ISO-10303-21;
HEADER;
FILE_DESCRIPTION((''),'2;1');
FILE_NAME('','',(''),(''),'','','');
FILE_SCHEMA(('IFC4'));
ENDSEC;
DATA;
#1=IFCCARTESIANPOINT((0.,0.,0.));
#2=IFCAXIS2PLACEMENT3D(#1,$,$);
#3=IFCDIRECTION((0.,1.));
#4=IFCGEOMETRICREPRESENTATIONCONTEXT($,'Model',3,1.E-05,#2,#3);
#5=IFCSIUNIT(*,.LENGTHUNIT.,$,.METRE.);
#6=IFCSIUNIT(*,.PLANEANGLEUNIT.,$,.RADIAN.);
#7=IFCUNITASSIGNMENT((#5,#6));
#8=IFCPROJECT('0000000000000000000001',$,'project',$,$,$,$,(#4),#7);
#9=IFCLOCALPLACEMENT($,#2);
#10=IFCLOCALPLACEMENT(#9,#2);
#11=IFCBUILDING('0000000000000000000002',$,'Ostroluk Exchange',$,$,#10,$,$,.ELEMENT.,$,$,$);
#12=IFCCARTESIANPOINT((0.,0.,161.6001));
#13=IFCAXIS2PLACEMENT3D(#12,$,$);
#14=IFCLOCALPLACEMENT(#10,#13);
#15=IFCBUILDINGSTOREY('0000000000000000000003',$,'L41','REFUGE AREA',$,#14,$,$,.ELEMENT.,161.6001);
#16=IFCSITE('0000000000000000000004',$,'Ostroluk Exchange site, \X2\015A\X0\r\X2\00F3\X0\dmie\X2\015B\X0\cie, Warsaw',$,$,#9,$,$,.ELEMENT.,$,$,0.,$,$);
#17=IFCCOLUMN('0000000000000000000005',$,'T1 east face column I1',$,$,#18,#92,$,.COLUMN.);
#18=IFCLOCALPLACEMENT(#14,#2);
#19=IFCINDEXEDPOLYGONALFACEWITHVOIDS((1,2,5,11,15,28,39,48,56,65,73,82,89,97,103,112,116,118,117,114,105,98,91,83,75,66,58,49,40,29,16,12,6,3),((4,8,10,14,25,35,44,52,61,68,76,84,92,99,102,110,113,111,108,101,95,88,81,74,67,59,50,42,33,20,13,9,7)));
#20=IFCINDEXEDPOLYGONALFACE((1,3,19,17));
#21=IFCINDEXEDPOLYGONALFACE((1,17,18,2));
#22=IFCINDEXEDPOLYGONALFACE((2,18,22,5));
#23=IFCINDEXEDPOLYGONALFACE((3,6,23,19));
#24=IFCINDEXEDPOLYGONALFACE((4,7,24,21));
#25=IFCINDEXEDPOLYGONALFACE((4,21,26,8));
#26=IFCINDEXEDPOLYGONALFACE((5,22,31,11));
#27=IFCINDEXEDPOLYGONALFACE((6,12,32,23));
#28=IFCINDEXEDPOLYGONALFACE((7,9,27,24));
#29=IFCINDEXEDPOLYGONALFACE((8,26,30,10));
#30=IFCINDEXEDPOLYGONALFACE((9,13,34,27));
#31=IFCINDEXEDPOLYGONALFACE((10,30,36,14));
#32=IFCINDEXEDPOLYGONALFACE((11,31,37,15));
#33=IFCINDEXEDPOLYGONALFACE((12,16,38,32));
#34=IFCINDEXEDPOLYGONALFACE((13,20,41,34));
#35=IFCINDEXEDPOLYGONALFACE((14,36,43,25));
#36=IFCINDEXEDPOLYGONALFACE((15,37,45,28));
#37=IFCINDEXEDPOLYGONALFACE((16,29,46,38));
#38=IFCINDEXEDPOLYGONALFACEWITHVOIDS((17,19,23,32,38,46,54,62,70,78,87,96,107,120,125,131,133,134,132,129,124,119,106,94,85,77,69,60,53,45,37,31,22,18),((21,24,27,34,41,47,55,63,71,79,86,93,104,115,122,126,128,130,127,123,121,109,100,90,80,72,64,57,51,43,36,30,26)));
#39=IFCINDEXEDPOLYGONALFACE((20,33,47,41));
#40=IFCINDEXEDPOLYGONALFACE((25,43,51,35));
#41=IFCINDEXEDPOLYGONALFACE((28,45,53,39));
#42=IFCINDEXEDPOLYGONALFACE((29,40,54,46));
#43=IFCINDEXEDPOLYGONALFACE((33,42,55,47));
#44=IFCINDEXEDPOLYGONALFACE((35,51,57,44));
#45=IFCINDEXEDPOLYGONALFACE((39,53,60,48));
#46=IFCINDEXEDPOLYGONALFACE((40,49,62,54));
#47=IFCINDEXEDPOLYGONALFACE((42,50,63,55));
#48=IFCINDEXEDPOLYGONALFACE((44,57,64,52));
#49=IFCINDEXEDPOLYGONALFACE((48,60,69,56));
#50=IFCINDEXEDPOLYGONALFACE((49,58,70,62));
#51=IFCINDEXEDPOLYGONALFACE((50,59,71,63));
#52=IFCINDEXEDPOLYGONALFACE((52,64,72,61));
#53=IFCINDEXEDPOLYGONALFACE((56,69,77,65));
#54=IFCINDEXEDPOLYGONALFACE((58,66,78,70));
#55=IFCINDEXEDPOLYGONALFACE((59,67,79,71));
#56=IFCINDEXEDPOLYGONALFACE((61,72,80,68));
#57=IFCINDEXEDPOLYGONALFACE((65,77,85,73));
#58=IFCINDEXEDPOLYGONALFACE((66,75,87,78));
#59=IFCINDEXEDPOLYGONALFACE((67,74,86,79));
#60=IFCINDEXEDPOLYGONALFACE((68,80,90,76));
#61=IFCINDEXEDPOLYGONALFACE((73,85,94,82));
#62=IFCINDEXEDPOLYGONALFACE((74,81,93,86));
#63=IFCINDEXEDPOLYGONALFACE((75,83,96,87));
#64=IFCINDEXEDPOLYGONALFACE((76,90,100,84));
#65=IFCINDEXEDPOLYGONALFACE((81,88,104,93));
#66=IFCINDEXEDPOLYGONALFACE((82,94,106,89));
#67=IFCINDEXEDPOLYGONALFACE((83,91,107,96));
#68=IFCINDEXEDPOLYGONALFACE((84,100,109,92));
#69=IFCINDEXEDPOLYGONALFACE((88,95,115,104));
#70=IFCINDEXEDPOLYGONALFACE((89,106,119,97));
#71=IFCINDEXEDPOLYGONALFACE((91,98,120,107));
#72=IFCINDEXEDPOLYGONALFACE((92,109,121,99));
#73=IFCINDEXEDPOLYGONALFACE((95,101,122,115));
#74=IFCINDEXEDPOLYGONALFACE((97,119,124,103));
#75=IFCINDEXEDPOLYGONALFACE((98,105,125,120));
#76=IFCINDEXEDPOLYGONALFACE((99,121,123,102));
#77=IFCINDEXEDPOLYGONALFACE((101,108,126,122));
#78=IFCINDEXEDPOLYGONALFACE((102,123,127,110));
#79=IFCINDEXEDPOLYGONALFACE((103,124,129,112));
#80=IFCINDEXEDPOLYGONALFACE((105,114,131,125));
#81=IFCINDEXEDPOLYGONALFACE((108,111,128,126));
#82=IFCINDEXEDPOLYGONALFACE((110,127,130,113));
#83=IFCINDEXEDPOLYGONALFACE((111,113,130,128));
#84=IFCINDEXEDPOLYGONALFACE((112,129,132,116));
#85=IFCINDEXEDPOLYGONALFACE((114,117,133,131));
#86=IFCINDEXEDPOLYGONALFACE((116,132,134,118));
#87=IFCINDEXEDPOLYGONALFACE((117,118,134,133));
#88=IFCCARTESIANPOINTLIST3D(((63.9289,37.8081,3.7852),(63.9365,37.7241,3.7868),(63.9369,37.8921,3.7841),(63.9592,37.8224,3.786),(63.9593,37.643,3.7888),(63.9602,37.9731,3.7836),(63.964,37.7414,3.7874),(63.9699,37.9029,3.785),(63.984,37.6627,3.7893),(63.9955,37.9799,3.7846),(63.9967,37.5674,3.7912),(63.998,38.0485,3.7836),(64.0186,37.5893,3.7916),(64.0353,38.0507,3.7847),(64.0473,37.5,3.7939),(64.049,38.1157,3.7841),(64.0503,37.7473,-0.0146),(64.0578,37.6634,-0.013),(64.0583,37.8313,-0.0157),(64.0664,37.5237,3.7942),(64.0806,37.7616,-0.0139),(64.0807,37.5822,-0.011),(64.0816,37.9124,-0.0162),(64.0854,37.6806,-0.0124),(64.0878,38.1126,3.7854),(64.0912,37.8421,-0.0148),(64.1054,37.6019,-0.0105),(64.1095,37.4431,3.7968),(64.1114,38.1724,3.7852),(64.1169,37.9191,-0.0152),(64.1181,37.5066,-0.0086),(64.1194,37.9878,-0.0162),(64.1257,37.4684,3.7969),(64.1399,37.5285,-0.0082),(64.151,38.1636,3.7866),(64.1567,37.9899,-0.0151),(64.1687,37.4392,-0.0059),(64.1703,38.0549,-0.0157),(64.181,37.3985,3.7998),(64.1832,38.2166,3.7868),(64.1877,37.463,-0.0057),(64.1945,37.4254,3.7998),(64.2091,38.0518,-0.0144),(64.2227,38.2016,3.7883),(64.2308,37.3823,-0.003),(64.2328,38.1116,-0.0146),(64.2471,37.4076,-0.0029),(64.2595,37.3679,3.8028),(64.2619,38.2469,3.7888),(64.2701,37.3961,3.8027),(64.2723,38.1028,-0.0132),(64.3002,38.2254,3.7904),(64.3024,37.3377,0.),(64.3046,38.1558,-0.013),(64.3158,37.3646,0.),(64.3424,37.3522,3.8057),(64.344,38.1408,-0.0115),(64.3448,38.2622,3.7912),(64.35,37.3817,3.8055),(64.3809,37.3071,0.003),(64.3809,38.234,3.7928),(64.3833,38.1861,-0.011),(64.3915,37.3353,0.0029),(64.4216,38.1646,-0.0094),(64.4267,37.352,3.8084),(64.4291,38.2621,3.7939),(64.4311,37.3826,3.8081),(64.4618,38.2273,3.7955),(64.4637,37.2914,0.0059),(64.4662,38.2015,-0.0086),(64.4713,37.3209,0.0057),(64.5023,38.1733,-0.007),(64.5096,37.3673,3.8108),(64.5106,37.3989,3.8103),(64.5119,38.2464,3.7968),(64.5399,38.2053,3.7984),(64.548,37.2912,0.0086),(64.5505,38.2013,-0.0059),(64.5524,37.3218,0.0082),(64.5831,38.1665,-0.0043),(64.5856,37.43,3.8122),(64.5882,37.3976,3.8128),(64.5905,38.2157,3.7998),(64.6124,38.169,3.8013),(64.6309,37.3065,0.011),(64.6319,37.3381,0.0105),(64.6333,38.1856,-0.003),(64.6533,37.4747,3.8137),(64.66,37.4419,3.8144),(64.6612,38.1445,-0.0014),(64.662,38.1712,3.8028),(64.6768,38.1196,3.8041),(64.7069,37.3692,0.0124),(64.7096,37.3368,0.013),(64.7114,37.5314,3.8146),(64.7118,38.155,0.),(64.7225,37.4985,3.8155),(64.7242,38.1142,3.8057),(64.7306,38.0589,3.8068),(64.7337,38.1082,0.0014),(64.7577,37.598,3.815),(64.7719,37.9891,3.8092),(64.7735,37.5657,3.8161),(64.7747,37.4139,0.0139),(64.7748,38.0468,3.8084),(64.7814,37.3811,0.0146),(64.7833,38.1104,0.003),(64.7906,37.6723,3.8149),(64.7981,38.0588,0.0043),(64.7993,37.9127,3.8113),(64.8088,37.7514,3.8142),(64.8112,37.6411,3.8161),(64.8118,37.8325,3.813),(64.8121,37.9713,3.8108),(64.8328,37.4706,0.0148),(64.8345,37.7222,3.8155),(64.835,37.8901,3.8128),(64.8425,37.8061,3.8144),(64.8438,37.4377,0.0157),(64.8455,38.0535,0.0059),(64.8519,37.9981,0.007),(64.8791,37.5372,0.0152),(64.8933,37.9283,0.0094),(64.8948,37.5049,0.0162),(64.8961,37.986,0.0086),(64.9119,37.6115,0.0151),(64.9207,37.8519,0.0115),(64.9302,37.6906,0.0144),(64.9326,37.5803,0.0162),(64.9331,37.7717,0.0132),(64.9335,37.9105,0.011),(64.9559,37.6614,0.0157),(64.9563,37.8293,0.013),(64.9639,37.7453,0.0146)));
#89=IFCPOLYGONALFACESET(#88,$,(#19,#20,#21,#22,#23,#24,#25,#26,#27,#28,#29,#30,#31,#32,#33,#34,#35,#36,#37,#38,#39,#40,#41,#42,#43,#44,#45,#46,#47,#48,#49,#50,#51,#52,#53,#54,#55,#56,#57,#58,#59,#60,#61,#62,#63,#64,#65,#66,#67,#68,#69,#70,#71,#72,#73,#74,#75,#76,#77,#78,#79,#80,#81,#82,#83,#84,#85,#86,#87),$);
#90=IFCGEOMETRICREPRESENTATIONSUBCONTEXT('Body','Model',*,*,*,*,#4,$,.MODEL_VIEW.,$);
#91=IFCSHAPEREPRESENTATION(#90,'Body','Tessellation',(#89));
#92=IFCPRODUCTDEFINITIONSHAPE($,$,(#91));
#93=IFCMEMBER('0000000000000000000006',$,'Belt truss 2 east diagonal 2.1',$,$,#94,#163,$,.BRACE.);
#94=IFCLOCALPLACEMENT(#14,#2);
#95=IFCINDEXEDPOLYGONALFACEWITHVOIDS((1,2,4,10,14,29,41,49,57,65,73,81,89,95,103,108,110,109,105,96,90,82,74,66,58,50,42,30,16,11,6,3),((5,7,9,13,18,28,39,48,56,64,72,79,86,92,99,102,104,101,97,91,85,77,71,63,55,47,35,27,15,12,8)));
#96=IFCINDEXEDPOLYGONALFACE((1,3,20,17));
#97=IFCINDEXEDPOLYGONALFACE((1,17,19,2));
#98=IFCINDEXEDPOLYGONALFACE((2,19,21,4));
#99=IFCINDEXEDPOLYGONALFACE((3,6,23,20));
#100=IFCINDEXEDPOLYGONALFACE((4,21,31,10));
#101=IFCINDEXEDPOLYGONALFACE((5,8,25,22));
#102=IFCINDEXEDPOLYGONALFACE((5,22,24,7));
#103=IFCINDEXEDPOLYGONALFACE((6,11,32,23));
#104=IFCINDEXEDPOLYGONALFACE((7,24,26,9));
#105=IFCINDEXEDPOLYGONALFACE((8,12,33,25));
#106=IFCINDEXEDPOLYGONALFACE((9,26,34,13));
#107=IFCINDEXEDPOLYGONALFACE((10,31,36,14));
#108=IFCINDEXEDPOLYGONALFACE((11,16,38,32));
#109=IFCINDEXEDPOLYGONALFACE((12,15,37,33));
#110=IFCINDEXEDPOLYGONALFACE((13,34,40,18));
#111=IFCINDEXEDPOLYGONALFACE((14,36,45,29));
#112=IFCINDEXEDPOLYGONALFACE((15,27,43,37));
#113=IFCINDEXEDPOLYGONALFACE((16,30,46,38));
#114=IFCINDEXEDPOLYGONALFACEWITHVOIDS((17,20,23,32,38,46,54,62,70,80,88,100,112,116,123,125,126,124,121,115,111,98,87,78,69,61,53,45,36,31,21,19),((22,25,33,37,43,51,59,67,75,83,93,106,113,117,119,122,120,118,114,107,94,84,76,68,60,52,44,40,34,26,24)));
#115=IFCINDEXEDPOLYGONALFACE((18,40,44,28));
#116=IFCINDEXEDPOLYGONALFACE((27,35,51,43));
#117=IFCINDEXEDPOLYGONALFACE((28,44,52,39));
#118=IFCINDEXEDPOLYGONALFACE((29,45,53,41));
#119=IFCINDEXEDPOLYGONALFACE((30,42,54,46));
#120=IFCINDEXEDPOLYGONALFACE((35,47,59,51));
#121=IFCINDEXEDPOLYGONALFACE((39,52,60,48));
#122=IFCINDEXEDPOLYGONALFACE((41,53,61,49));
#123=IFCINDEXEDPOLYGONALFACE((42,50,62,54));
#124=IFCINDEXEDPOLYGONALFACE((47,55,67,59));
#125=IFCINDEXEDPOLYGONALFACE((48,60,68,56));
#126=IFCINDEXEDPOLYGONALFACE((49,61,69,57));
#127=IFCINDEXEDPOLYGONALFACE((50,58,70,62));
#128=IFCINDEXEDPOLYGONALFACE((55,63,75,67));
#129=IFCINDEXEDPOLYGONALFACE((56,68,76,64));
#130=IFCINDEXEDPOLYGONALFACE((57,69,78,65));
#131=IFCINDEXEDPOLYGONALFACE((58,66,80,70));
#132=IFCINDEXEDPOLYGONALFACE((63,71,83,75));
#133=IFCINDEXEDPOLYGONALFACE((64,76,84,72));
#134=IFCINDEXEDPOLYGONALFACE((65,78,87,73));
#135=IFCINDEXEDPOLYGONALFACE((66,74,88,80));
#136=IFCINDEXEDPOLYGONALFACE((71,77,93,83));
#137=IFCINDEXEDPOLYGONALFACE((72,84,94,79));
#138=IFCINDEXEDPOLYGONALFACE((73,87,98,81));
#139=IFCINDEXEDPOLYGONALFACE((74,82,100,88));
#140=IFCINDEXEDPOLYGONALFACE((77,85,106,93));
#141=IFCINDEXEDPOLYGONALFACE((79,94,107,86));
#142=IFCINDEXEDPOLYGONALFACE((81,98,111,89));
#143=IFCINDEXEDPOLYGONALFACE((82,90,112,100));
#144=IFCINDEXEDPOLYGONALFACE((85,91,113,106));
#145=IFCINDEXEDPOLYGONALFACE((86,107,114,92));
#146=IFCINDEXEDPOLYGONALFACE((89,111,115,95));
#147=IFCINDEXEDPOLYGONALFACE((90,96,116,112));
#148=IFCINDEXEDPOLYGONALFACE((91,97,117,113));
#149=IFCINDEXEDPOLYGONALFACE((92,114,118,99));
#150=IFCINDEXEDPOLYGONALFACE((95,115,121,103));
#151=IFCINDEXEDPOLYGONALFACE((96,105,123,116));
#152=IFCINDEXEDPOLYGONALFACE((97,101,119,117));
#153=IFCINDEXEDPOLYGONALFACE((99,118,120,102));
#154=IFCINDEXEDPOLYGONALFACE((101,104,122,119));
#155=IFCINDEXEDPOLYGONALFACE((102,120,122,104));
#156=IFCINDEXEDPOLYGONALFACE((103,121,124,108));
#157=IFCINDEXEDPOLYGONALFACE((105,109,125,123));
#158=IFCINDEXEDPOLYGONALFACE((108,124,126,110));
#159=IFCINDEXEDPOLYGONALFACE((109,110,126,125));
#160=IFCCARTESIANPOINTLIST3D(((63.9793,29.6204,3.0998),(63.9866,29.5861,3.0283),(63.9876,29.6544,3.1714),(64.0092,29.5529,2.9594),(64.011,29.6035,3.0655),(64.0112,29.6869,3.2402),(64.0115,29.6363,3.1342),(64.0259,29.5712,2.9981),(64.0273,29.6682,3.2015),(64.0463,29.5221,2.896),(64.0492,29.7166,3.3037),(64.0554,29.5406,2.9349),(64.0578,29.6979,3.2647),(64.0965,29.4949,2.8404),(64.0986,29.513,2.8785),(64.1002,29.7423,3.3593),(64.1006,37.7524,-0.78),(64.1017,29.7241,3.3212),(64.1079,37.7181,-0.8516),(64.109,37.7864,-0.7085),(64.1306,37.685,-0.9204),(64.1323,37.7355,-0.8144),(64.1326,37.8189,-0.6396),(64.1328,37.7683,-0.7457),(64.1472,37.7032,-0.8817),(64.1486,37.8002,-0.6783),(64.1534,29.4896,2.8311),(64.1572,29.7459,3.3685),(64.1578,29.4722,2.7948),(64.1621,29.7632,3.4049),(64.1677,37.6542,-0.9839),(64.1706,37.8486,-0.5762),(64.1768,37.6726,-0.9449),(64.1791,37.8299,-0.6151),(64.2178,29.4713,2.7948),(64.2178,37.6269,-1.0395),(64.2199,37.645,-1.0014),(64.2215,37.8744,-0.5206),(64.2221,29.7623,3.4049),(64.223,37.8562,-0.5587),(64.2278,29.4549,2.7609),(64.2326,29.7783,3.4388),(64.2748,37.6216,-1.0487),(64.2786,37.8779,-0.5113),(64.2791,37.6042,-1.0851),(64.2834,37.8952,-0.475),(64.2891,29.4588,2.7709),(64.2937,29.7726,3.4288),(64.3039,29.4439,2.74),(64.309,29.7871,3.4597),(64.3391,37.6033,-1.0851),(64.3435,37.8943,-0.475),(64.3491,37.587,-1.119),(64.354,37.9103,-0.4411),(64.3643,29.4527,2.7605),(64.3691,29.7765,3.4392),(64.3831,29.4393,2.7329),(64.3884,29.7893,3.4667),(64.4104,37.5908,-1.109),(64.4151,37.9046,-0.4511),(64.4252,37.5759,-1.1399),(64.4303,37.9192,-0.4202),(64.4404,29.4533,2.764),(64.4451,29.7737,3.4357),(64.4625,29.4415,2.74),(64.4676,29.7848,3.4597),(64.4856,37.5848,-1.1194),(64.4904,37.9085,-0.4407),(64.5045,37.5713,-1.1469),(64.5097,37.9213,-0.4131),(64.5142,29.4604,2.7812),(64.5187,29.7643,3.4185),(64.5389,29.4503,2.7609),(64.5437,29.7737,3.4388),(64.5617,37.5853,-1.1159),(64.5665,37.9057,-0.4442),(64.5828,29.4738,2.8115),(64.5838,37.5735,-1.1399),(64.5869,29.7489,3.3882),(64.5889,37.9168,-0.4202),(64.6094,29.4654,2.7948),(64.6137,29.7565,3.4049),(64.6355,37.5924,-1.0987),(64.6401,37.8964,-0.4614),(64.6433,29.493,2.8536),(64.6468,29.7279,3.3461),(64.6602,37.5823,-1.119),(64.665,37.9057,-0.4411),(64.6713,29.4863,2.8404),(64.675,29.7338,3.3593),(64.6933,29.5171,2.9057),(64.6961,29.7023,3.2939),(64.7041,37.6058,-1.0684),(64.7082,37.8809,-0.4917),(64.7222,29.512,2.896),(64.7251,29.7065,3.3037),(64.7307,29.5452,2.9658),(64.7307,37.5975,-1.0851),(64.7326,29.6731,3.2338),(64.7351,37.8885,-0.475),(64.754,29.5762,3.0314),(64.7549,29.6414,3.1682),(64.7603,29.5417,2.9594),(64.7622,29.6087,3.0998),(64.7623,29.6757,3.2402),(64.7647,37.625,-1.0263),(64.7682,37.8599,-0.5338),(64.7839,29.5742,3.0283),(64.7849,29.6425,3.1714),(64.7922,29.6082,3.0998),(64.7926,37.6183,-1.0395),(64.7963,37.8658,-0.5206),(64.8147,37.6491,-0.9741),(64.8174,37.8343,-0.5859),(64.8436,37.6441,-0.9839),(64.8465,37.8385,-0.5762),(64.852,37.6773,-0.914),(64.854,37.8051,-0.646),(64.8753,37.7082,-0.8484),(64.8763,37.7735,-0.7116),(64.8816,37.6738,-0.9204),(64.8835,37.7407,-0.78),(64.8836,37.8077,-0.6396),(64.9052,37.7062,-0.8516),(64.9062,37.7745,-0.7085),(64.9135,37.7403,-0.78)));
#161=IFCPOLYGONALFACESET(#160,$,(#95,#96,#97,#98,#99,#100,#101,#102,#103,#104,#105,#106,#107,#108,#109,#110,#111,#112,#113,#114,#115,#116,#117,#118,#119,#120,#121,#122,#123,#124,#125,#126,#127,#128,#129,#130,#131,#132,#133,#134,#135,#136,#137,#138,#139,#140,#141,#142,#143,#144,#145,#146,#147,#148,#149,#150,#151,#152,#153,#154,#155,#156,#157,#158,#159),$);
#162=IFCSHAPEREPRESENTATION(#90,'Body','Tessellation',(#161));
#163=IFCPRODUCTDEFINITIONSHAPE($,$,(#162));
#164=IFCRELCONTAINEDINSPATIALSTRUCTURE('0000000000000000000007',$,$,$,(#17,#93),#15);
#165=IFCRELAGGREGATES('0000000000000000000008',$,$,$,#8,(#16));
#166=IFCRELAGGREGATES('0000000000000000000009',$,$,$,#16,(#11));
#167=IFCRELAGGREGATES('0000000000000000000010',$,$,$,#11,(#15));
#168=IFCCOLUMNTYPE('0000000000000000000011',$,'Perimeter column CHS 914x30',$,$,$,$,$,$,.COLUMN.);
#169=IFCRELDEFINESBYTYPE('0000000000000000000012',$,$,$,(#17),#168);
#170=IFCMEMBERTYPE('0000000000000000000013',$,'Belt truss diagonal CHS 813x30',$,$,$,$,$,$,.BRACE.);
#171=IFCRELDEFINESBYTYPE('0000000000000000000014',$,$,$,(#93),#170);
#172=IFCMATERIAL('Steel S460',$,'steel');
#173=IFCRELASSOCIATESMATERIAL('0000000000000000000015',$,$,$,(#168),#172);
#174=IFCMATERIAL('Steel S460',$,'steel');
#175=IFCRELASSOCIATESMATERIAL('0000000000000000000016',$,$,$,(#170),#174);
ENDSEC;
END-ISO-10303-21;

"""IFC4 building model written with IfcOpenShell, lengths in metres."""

from ifc_helpers import new_model, si_unit, direction, frame, origin, origin_2d, place, context, subcontext, project, spatial, hollow_circle, extrude, material, material_profile, profile_set, type_object, element, save


model = new_model("IFC4")

# Units and contexts
model_context = context("Model", 3, precision=1e-05, world=origin(), true_north=direction((0.0, 1.0)))
body_context = subcontext(model_context, "Body", "Model", "MODEL_VIEW")
ifc_project = project(units=[si_unit("LENGTHUNIT", "METRE"), si_unit("PLANEANGLEUNIT", "RADIAN")], contexts=[model_context])

# Site, building, storey
site_placement = place(None, origin())
site = spatial("IfcSite", under=ifc_project, at=site_placement, Name="Ostroluk Exchange site, Śródmieście, Warsaw", CompositionType="ELEMENT", RefElevation=0.0)
building_placement = place(site_placement, origin())
building = spatial("IfcBuilding", under=site, at=building_placement, Name="Ostroluk Exchange", CompositionType="ELEMENT")
storey_placement = place(building_placement, frame((0.0, 0.0, 161.6001)))
storey = spatial("IfcBuildingStorey", under=building, at=storey_placement, Name="L41", Description="REFUGE AREA", CompositionType="ELEMENT", Elevation=161.6001)

# Column
ifc_material_1 = material(Name="Steel S460", Category="steel")
ifc_material_profile_1 = material_profile(ifc_material_1, hollow_circle(Radius=0.457, WallThickness=0.03, at=origin_2d()), Name="CHS 914x30")
ifc_profile_set_1 = profile_set([ifc_material_profile_1], Name="Steel S460")
column_type = type_object("IfcColumnType", Name="Perimeter column CHS 914x30", PredefinedType="COLUMN", material=ifc_profile_set_1)
column_placement = place(storey_placement, frame((64.5071, 37.7463, 0.0), z_axis=(-0.031912, 0.015988, 0.999363), x_axis=(-0.447933, -0.894067, 0.0)))
element("IfcColumn", 1, at=column_placement, inside=storey, type_object=column_type, Name="T1 east face column I1", PredefinedType="COLUMN", context=body_context, shape_type="SweptSolid", body=[
    extrude(hollow_circle(Radius=0.457, WallThickness=0.03, at=origin_2d()), origin(), (0.0, 0.0, 1.0), 3.8022),
])

# Member
ifc_material_2 = material(Name="Steel S460", Category="steel")
ifc_material_profile_2 = material_profile(ifc_material_2, hollow_circle(Radius=0.4065, WallThickness=0.03, at=origin_2d()), Name="CHS 813x30")
ifc_profile_set_2 = profile_set([ifc_material_profile_2], Name="Steel S460")
member_type_1 = type_object("IfcMemberType", Name="Belt truss diagonal CHS 813x30", PredefinedType="BRACE", material=ifc_profile_set_2)
member_1_placement = place(storey_placement, frame((64.5071, 37.7463, -0.78), z_axis=(-0.013465, -0.902457, 0.43057), x_axis=(0.999889, -0.014919, 0.0)))
element("IfcMember", 2, at=member_1_placement, inside=storey, type_object=member_type_1, Name="Belt truss 2 east diagonal 2.1", PredefinedType="BRACE", context=body_context, shape_type="SweptSolid", body=[
    extrude(hollow_circle(Radius=0.4065, WallThickness=0.03, at=origin_2d()), origin(), (0.0, 0.0, 1.0), 9.011),
])

save(model, "model.ifc")
